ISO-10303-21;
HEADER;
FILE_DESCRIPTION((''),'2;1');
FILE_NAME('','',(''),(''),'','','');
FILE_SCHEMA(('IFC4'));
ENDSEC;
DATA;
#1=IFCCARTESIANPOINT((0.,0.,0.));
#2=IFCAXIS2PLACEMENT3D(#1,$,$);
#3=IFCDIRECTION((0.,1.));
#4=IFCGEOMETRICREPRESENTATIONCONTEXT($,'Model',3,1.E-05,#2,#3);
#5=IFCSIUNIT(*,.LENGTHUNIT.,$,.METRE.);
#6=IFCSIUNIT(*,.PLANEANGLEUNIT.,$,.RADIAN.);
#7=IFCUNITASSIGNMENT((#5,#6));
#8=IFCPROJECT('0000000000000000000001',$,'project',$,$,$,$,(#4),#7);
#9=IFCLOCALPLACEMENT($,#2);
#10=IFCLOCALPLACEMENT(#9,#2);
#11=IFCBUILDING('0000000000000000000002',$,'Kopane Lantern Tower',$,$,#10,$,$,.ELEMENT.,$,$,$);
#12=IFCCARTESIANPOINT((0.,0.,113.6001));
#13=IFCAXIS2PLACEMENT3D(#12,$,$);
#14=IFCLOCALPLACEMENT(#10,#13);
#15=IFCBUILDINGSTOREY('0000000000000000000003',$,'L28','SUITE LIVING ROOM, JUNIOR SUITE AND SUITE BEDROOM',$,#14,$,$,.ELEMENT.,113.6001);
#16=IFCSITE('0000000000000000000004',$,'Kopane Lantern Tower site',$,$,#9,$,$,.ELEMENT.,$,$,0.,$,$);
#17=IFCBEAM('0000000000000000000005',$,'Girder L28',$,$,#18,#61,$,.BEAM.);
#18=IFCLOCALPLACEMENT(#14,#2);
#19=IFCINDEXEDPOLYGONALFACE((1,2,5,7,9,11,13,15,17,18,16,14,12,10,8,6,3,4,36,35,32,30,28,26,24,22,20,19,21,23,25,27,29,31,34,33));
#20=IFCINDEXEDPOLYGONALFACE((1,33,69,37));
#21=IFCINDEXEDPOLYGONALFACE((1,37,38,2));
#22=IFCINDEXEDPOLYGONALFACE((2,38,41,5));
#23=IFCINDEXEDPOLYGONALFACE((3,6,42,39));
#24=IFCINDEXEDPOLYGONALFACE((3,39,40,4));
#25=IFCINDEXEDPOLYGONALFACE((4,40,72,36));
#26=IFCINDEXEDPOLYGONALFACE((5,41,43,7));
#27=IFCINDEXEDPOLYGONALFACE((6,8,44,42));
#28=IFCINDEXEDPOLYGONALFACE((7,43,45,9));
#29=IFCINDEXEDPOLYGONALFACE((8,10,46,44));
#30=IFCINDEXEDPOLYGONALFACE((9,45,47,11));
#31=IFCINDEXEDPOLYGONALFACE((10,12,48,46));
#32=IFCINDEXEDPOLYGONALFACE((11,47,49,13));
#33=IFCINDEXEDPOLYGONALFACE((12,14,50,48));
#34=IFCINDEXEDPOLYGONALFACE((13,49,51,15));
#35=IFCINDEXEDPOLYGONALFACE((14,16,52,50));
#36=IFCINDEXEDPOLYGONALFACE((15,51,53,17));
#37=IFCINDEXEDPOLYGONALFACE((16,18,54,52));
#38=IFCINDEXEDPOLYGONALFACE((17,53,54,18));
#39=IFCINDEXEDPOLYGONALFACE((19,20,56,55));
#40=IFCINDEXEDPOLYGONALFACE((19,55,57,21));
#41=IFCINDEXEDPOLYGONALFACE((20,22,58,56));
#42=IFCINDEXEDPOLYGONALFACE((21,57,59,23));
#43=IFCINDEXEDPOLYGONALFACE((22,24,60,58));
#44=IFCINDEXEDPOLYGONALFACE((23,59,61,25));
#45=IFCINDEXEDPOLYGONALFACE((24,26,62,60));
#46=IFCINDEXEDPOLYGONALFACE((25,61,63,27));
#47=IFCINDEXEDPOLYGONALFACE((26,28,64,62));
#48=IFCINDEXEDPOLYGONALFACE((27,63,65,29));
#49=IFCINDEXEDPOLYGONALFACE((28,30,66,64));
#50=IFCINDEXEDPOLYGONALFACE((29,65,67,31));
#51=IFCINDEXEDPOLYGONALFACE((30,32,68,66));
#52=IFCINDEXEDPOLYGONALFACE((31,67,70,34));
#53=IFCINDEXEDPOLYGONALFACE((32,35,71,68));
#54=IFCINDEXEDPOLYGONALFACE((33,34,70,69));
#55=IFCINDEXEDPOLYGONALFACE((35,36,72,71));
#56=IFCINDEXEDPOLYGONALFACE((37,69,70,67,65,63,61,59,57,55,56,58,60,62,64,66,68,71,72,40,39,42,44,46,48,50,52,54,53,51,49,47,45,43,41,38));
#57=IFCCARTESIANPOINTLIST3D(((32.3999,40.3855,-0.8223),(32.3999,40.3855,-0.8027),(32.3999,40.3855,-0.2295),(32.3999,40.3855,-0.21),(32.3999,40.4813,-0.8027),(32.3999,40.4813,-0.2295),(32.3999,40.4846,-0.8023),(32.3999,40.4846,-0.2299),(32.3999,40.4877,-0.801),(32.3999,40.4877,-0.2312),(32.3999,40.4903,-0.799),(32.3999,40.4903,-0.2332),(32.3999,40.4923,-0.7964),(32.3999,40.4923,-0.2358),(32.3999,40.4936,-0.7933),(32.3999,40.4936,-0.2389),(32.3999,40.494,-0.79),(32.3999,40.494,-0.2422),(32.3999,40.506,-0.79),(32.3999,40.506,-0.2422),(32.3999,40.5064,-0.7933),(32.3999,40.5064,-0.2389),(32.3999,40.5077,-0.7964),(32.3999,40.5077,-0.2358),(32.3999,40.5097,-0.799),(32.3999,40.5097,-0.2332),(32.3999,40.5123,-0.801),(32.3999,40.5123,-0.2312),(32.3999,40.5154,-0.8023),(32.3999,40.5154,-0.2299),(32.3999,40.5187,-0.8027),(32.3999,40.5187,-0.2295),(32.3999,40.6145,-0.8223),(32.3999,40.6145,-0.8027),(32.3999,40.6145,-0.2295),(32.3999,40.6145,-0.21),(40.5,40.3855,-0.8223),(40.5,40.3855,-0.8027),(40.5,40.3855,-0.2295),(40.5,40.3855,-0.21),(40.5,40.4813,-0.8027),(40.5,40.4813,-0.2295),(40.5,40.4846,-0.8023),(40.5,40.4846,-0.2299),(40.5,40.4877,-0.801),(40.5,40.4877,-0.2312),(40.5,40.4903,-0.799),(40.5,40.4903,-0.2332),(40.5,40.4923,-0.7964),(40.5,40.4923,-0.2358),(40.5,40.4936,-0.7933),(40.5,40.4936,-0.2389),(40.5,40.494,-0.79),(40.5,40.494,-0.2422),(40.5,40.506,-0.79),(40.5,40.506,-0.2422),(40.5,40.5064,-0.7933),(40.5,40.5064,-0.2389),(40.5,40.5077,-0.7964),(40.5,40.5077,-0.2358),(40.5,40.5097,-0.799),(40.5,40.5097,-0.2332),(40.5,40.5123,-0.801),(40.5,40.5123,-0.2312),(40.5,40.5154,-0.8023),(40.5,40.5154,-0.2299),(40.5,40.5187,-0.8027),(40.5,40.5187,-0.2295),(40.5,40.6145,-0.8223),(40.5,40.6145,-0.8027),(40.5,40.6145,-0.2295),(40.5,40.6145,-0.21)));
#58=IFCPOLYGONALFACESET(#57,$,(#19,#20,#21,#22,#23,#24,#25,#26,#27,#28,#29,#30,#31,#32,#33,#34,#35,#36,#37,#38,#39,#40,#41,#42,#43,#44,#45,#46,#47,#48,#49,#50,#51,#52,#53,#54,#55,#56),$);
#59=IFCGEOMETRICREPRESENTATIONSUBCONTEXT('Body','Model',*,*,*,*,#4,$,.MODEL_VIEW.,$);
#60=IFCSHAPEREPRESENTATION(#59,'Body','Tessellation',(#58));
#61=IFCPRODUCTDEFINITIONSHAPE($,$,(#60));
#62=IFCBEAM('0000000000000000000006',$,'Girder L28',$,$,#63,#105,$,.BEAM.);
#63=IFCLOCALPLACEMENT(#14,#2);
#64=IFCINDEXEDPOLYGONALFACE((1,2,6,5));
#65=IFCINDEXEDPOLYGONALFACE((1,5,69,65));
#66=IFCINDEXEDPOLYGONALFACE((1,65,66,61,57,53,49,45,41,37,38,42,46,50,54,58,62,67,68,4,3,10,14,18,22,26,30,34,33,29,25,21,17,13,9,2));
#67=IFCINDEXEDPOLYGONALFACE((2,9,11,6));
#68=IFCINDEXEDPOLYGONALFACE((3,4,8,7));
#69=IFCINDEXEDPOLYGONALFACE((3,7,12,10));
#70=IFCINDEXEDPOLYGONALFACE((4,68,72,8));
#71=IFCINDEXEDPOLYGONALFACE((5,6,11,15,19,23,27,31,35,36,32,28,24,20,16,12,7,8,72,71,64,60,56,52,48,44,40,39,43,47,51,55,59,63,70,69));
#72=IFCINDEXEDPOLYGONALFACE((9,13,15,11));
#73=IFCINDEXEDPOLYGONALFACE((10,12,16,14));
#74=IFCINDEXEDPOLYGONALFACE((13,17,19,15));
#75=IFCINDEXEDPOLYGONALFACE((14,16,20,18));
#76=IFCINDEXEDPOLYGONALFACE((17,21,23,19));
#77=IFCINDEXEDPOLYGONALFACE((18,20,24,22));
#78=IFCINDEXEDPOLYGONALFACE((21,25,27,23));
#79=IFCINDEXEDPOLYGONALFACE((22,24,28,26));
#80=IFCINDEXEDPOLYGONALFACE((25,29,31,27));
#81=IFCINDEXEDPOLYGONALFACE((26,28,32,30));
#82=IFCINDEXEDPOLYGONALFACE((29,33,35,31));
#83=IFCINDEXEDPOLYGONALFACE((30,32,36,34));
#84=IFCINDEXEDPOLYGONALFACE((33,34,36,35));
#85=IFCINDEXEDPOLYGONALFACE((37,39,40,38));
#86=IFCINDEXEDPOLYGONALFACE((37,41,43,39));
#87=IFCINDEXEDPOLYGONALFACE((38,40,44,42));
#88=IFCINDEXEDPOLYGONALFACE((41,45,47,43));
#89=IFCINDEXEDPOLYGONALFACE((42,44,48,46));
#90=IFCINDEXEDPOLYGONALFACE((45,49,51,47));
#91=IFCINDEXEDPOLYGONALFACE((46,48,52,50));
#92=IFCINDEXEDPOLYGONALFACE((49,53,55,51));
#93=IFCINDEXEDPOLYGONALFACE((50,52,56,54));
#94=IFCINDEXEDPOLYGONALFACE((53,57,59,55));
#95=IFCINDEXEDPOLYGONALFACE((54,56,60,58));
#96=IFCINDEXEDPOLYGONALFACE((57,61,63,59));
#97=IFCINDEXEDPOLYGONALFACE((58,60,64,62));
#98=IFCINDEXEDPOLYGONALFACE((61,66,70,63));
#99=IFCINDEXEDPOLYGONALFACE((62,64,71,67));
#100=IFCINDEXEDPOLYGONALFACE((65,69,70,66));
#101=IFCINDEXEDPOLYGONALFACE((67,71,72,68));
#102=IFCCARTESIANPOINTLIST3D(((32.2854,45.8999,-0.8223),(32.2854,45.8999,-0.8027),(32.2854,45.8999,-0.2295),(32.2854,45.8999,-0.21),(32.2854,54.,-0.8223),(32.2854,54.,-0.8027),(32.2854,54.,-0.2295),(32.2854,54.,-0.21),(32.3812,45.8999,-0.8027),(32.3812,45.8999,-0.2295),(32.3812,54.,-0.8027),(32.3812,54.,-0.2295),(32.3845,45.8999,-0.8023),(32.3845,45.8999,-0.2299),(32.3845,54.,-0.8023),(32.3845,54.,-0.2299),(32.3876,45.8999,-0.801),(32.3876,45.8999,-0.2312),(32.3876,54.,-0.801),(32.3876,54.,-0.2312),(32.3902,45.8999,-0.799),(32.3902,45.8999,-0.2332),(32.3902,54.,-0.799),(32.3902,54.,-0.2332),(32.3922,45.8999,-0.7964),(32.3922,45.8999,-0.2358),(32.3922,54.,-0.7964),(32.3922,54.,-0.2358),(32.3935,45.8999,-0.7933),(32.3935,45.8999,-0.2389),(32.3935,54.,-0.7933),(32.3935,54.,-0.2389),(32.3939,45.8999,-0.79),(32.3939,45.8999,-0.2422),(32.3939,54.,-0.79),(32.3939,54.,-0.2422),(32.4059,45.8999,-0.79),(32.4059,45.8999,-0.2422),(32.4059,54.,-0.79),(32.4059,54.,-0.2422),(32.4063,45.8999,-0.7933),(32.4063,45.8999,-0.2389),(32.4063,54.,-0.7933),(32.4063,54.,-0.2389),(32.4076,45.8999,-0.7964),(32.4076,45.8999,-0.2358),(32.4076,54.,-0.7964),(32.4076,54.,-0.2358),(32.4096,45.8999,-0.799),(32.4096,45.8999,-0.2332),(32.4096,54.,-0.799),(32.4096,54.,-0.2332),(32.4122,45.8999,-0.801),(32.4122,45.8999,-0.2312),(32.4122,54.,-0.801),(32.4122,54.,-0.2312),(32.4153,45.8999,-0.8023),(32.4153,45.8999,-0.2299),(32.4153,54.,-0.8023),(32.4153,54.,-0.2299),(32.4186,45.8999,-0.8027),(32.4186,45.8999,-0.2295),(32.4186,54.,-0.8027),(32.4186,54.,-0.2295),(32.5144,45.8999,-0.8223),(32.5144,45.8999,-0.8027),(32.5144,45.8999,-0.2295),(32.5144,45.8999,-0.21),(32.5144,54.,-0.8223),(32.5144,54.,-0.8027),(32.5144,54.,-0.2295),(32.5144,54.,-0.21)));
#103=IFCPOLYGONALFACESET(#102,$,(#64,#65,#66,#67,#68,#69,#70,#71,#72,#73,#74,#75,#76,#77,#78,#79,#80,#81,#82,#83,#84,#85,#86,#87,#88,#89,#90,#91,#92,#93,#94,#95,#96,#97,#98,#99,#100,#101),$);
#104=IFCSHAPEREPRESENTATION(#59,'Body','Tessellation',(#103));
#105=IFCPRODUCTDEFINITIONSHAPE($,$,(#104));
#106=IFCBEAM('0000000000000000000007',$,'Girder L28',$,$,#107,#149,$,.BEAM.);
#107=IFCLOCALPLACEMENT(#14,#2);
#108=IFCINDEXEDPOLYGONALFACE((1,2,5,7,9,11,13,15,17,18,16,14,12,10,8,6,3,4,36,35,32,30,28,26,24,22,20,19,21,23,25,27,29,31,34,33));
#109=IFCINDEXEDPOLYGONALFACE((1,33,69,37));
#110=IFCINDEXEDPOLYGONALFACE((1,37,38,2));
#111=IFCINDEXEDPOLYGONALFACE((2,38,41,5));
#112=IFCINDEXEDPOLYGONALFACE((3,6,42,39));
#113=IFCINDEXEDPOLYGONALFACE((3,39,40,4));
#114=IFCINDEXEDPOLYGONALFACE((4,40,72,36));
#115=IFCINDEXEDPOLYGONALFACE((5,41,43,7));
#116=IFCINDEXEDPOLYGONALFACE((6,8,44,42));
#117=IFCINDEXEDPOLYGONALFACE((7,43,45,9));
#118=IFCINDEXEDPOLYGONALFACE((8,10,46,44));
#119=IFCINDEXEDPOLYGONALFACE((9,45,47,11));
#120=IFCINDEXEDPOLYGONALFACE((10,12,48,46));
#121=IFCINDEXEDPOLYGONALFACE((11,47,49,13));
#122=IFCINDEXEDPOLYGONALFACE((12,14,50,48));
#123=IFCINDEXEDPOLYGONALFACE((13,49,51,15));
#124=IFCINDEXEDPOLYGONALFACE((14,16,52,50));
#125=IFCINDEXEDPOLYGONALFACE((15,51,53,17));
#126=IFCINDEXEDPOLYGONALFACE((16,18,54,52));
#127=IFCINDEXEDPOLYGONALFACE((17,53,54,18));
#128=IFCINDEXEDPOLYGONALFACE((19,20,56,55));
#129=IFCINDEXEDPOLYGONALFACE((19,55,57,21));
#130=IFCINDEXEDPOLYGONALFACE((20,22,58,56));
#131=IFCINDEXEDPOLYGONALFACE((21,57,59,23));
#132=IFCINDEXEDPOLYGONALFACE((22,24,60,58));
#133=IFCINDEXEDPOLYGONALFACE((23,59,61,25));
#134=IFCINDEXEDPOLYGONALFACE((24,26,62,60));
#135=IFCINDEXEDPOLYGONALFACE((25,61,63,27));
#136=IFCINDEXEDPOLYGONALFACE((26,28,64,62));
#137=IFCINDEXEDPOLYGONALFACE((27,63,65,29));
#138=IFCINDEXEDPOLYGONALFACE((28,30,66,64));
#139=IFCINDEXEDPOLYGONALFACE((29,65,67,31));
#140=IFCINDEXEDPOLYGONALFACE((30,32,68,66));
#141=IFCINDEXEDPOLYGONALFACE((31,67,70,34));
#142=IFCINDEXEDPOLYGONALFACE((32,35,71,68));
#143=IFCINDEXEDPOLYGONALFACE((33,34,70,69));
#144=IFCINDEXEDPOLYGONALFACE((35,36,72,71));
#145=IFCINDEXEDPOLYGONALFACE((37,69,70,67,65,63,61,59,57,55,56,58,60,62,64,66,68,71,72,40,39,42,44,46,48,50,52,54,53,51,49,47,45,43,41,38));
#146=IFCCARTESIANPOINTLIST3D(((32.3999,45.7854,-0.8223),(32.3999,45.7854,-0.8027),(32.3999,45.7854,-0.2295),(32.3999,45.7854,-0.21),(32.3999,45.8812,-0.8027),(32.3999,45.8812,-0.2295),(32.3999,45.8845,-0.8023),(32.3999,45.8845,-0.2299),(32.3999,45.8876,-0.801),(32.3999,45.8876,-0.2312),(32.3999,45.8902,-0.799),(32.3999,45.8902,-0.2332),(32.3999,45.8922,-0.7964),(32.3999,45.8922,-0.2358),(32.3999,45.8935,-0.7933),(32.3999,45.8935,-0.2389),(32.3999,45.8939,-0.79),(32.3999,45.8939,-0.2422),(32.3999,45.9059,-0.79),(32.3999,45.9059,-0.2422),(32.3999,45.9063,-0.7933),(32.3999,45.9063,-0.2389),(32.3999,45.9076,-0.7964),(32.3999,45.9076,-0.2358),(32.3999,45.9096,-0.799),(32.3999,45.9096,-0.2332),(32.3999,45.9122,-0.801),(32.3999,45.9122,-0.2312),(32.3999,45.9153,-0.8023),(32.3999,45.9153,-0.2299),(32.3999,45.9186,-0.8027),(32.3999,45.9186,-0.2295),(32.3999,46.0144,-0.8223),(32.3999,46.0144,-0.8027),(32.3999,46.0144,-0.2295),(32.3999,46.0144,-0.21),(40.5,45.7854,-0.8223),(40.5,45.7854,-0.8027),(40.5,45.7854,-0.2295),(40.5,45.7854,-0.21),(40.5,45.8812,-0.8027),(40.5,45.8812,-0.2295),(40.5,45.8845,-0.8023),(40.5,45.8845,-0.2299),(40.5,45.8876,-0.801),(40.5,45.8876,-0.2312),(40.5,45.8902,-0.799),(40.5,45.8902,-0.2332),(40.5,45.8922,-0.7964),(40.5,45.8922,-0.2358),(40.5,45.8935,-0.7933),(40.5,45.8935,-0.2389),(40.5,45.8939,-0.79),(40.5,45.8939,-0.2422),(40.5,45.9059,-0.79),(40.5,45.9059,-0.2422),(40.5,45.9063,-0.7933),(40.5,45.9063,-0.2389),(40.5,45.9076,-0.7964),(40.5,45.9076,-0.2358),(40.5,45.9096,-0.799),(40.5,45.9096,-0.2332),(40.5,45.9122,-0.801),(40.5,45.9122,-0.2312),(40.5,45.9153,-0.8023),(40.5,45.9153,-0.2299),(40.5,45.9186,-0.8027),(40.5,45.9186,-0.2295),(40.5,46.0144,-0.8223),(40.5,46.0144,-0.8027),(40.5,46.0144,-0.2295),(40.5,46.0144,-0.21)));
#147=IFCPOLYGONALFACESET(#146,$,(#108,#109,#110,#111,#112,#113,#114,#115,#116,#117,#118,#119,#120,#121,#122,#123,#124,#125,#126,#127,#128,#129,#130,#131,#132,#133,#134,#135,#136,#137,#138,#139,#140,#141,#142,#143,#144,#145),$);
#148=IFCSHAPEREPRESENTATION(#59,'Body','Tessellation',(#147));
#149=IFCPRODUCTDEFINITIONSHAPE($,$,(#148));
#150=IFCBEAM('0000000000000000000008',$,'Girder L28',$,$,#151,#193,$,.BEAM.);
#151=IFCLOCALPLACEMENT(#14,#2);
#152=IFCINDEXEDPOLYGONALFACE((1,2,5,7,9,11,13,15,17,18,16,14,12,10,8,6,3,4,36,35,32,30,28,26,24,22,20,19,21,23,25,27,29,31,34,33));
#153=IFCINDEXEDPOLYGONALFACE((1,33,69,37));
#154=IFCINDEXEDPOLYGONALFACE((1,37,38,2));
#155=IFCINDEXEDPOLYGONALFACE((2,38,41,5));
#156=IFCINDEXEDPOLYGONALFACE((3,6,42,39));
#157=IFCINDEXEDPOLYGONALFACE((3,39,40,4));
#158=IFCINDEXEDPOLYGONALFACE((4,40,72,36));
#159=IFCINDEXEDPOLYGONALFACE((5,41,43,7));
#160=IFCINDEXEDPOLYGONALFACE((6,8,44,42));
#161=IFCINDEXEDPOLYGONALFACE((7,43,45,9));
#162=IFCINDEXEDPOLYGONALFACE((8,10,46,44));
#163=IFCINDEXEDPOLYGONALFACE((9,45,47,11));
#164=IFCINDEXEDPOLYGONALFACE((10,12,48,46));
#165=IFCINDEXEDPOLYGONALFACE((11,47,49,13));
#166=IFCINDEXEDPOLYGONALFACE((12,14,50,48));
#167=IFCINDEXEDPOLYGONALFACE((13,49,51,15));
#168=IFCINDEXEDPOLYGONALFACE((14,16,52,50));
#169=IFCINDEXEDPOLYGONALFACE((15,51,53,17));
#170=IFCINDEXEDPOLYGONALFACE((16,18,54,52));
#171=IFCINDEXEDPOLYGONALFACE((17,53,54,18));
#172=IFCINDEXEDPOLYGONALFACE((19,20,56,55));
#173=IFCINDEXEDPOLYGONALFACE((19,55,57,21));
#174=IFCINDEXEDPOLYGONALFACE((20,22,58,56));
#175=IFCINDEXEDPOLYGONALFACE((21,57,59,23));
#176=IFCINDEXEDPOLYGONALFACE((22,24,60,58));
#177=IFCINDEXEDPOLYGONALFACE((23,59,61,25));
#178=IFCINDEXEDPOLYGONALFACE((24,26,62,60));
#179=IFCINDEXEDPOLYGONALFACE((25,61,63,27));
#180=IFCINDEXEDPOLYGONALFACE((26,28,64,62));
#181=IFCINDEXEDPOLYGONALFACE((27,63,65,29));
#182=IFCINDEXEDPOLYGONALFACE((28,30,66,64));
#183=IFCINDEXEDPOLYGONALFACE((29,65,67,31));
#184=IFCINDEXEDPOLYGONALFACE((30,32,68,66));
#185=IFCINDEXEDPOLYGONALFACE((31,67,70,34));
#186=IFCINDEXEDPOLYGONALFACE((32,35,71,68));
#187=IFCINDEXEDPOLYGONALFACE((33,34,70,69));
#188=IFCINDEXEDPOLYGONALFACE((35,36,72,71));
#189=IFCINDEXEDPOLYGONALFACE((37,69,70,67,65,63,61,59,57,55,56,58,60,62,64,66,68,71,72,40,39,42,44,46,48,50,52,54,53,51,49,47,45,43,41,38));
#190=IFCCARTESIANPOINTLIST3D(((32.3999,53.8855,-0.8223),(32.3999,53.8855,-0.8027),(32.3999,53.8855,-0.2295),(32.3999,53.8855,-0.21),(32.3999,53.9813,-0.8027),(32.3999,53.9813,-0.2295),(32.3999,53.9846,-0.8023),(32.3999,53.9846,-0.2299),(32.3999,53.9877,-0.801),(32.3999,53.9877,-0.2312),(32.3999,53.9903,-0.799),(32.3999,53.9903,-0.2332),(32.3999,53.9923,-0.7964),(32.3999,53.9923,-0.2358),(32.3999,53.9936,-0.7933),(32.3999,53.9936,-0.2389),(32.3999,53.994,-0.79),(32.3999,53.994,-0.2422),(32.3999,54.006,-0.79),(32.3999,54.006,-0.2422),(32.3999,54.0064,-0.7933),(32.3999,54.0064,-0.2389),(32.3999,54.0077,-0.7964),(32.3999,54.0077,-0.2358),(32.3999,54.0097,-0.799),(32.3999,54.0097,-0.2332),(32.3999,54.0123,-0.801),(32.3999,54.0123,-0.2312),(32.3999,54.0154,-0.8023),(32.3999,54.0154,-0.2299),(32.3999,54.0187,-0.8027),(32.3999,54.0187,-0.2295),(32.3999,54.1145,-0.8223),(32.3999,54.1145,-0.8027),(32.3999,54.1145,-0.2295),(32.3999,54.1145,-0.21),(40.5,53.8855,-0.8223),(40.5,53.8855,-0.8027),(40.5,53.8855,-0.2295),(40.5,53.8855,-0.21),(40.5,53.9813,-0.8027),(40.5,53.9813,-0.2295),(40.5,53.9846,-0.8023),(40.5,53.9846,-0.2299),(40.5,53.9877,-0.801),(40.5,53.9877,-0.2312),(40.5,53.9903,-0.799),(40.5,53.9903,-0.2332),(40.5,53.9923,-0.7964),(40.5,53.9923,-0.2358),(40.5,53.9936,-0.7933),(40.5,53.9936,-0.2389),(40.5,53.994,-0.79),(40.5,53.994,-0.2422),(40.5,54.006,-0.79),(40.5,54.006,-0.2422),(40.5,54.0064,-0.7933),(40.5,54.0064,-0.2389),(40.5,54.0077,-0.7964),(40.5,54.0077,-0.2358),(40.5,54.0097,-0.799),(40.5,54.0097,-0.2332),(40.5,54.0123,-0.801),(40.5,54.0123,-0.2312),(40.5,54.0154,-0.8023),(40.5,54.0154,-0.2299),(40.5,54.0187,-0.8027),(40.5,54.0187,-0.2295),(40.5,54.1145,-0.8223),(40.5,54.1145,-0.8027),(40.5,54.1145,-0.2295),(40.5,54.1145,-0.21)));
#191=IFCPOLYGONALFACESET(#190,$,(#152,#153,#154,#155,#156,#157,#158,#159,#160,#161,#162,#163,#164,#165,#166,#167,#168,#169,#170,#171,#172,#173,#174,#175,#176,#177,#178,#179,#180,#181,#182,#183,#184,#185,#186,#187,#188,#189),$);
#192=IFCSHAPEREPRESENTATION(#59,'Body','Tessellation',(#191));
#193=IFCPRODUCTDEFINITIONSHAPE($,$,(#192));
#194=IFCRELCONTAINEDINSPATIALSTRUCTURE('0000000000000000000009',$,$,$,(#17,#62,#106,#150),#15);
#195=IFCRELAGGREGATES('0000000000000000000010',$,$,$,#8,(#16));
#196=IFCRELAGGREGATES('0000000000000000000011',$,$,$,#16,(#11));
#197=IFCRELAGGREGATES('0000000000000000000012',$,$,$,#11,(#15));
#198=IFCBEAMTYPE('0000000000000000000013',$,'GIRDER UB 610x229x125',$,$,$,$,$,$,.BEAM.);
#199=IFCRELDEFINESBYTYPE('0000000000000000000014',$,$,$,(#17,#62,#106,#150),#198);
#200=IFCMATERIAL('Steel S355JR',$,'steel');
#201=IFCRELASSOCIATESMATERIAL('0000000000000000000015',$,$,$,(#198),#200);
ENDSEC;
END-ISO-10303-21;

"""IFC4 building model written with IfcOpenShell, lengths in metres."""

from ifc_helpers import new_model, si_unit, direction, frame, origin, origin_2d, place, context, subcontext, project, spatial, i_section, extrude, material, material_profile, profile_set, type_object, element, save


model = new_model("IFC4")

# Units and contexts
model_context = context("Model", 3, precision=1e-05, world=origin(), true_north=direction((0.0, 1.0)))
body_context = subcontext(model_context, "Body", "Model", "MODEL_VIEW")
ifc_project = project(units=[si_unit("LENGTHUNIT", "METRE"), si_unit("PLANEANGLEUNIT", "RADIAN")], contexts=[model_context])

# Site, building, storey
site_placement = place(None, origin())
site = spatial("IfcSite", under=ifc_project, at=site_placement, Name="Kopane Lantern Tower site", CompositionType="ELEMENT", RefElevation=0.0)
building_placement = place(site_placement, origin())
building = spatial("IfcBuilding", under=site, at=building_placement, Name="Kopane Lantern Tower", CompositionType="ELEMENT")
storey_placement = place(building_placement, frame((0.0, 0.0, 113.6001)))
storey = spatial("IfcBuildingStorey", under=building, at=storey_placement, Name="L28", Description="SUITE LIVING ROOM, JUNIOR SUITE AND SUITE BEDROOM", CompositionType="ELEMENT", Elevation=113.6001)

# Beams
ifc_material_1 = material(Name="Steel S355JR", Category="steel")
ifc_material_profile_1 = material_profile(ifc_material_1, i_section(OverallWidth=0.229, OverallDepth=0.6123, WebThickness=0.012, FlangeThickness=0.0195, FilletRadius=0.0127, at=origin_2d()), Name="UB 610x229x125")
ifc_profile_set_1 = profile_set([ifc_material_profile_1], Name="Steel S355JR")
beam_type = type_object("IfcBeamType", Name="GIRDER UB 610x229x125", PredefinedType="BEAM", material=ifc_profile_set_1)
for number, where, z_axis, x_axis, name in (
    (1, (32.3999, 40.5, -0.5161), (1.0, 0.0, 0.0), (0.0, 1.0, 0.0), "Girder L28"),
    (2, (32.3999, 45.8999, -0.5161), (0.0, 1.0, 0.0), (-1.0, 0.0, 0.0), "Girder L28"),
    (3, (32.3999, 45.8999, -0.5161), (1.0, 0.0, 0.0), (0.0, 1.0, 0.0), "Girder L28"),
    (4, (32.3999, 54.0, -0.5161), (1.0, 0.0, 0.0), (0.0, 1.0, 0.0), "Girder L28"),
):
    element("IfcBeam", number, at=place(storey_placement, frame(where, z_axis=z_axis, x_axis=x_axis)), inside=storey, type_object=beam_type, Name=name, PredefinedType="BEAM", context=body_context, shape_type="SweptSolid", body=[
        extrude(i_section(OverallWidth=0.229, OverallDepth=0.6123, WebThickness=0.012, FlangeThickness=0.0195, FilletRadius=0.0127, at=origin_2d()), origin(), (0.0, 0.0, 1.0), 8.1001),
    ])

save(model, "model.ifc")
